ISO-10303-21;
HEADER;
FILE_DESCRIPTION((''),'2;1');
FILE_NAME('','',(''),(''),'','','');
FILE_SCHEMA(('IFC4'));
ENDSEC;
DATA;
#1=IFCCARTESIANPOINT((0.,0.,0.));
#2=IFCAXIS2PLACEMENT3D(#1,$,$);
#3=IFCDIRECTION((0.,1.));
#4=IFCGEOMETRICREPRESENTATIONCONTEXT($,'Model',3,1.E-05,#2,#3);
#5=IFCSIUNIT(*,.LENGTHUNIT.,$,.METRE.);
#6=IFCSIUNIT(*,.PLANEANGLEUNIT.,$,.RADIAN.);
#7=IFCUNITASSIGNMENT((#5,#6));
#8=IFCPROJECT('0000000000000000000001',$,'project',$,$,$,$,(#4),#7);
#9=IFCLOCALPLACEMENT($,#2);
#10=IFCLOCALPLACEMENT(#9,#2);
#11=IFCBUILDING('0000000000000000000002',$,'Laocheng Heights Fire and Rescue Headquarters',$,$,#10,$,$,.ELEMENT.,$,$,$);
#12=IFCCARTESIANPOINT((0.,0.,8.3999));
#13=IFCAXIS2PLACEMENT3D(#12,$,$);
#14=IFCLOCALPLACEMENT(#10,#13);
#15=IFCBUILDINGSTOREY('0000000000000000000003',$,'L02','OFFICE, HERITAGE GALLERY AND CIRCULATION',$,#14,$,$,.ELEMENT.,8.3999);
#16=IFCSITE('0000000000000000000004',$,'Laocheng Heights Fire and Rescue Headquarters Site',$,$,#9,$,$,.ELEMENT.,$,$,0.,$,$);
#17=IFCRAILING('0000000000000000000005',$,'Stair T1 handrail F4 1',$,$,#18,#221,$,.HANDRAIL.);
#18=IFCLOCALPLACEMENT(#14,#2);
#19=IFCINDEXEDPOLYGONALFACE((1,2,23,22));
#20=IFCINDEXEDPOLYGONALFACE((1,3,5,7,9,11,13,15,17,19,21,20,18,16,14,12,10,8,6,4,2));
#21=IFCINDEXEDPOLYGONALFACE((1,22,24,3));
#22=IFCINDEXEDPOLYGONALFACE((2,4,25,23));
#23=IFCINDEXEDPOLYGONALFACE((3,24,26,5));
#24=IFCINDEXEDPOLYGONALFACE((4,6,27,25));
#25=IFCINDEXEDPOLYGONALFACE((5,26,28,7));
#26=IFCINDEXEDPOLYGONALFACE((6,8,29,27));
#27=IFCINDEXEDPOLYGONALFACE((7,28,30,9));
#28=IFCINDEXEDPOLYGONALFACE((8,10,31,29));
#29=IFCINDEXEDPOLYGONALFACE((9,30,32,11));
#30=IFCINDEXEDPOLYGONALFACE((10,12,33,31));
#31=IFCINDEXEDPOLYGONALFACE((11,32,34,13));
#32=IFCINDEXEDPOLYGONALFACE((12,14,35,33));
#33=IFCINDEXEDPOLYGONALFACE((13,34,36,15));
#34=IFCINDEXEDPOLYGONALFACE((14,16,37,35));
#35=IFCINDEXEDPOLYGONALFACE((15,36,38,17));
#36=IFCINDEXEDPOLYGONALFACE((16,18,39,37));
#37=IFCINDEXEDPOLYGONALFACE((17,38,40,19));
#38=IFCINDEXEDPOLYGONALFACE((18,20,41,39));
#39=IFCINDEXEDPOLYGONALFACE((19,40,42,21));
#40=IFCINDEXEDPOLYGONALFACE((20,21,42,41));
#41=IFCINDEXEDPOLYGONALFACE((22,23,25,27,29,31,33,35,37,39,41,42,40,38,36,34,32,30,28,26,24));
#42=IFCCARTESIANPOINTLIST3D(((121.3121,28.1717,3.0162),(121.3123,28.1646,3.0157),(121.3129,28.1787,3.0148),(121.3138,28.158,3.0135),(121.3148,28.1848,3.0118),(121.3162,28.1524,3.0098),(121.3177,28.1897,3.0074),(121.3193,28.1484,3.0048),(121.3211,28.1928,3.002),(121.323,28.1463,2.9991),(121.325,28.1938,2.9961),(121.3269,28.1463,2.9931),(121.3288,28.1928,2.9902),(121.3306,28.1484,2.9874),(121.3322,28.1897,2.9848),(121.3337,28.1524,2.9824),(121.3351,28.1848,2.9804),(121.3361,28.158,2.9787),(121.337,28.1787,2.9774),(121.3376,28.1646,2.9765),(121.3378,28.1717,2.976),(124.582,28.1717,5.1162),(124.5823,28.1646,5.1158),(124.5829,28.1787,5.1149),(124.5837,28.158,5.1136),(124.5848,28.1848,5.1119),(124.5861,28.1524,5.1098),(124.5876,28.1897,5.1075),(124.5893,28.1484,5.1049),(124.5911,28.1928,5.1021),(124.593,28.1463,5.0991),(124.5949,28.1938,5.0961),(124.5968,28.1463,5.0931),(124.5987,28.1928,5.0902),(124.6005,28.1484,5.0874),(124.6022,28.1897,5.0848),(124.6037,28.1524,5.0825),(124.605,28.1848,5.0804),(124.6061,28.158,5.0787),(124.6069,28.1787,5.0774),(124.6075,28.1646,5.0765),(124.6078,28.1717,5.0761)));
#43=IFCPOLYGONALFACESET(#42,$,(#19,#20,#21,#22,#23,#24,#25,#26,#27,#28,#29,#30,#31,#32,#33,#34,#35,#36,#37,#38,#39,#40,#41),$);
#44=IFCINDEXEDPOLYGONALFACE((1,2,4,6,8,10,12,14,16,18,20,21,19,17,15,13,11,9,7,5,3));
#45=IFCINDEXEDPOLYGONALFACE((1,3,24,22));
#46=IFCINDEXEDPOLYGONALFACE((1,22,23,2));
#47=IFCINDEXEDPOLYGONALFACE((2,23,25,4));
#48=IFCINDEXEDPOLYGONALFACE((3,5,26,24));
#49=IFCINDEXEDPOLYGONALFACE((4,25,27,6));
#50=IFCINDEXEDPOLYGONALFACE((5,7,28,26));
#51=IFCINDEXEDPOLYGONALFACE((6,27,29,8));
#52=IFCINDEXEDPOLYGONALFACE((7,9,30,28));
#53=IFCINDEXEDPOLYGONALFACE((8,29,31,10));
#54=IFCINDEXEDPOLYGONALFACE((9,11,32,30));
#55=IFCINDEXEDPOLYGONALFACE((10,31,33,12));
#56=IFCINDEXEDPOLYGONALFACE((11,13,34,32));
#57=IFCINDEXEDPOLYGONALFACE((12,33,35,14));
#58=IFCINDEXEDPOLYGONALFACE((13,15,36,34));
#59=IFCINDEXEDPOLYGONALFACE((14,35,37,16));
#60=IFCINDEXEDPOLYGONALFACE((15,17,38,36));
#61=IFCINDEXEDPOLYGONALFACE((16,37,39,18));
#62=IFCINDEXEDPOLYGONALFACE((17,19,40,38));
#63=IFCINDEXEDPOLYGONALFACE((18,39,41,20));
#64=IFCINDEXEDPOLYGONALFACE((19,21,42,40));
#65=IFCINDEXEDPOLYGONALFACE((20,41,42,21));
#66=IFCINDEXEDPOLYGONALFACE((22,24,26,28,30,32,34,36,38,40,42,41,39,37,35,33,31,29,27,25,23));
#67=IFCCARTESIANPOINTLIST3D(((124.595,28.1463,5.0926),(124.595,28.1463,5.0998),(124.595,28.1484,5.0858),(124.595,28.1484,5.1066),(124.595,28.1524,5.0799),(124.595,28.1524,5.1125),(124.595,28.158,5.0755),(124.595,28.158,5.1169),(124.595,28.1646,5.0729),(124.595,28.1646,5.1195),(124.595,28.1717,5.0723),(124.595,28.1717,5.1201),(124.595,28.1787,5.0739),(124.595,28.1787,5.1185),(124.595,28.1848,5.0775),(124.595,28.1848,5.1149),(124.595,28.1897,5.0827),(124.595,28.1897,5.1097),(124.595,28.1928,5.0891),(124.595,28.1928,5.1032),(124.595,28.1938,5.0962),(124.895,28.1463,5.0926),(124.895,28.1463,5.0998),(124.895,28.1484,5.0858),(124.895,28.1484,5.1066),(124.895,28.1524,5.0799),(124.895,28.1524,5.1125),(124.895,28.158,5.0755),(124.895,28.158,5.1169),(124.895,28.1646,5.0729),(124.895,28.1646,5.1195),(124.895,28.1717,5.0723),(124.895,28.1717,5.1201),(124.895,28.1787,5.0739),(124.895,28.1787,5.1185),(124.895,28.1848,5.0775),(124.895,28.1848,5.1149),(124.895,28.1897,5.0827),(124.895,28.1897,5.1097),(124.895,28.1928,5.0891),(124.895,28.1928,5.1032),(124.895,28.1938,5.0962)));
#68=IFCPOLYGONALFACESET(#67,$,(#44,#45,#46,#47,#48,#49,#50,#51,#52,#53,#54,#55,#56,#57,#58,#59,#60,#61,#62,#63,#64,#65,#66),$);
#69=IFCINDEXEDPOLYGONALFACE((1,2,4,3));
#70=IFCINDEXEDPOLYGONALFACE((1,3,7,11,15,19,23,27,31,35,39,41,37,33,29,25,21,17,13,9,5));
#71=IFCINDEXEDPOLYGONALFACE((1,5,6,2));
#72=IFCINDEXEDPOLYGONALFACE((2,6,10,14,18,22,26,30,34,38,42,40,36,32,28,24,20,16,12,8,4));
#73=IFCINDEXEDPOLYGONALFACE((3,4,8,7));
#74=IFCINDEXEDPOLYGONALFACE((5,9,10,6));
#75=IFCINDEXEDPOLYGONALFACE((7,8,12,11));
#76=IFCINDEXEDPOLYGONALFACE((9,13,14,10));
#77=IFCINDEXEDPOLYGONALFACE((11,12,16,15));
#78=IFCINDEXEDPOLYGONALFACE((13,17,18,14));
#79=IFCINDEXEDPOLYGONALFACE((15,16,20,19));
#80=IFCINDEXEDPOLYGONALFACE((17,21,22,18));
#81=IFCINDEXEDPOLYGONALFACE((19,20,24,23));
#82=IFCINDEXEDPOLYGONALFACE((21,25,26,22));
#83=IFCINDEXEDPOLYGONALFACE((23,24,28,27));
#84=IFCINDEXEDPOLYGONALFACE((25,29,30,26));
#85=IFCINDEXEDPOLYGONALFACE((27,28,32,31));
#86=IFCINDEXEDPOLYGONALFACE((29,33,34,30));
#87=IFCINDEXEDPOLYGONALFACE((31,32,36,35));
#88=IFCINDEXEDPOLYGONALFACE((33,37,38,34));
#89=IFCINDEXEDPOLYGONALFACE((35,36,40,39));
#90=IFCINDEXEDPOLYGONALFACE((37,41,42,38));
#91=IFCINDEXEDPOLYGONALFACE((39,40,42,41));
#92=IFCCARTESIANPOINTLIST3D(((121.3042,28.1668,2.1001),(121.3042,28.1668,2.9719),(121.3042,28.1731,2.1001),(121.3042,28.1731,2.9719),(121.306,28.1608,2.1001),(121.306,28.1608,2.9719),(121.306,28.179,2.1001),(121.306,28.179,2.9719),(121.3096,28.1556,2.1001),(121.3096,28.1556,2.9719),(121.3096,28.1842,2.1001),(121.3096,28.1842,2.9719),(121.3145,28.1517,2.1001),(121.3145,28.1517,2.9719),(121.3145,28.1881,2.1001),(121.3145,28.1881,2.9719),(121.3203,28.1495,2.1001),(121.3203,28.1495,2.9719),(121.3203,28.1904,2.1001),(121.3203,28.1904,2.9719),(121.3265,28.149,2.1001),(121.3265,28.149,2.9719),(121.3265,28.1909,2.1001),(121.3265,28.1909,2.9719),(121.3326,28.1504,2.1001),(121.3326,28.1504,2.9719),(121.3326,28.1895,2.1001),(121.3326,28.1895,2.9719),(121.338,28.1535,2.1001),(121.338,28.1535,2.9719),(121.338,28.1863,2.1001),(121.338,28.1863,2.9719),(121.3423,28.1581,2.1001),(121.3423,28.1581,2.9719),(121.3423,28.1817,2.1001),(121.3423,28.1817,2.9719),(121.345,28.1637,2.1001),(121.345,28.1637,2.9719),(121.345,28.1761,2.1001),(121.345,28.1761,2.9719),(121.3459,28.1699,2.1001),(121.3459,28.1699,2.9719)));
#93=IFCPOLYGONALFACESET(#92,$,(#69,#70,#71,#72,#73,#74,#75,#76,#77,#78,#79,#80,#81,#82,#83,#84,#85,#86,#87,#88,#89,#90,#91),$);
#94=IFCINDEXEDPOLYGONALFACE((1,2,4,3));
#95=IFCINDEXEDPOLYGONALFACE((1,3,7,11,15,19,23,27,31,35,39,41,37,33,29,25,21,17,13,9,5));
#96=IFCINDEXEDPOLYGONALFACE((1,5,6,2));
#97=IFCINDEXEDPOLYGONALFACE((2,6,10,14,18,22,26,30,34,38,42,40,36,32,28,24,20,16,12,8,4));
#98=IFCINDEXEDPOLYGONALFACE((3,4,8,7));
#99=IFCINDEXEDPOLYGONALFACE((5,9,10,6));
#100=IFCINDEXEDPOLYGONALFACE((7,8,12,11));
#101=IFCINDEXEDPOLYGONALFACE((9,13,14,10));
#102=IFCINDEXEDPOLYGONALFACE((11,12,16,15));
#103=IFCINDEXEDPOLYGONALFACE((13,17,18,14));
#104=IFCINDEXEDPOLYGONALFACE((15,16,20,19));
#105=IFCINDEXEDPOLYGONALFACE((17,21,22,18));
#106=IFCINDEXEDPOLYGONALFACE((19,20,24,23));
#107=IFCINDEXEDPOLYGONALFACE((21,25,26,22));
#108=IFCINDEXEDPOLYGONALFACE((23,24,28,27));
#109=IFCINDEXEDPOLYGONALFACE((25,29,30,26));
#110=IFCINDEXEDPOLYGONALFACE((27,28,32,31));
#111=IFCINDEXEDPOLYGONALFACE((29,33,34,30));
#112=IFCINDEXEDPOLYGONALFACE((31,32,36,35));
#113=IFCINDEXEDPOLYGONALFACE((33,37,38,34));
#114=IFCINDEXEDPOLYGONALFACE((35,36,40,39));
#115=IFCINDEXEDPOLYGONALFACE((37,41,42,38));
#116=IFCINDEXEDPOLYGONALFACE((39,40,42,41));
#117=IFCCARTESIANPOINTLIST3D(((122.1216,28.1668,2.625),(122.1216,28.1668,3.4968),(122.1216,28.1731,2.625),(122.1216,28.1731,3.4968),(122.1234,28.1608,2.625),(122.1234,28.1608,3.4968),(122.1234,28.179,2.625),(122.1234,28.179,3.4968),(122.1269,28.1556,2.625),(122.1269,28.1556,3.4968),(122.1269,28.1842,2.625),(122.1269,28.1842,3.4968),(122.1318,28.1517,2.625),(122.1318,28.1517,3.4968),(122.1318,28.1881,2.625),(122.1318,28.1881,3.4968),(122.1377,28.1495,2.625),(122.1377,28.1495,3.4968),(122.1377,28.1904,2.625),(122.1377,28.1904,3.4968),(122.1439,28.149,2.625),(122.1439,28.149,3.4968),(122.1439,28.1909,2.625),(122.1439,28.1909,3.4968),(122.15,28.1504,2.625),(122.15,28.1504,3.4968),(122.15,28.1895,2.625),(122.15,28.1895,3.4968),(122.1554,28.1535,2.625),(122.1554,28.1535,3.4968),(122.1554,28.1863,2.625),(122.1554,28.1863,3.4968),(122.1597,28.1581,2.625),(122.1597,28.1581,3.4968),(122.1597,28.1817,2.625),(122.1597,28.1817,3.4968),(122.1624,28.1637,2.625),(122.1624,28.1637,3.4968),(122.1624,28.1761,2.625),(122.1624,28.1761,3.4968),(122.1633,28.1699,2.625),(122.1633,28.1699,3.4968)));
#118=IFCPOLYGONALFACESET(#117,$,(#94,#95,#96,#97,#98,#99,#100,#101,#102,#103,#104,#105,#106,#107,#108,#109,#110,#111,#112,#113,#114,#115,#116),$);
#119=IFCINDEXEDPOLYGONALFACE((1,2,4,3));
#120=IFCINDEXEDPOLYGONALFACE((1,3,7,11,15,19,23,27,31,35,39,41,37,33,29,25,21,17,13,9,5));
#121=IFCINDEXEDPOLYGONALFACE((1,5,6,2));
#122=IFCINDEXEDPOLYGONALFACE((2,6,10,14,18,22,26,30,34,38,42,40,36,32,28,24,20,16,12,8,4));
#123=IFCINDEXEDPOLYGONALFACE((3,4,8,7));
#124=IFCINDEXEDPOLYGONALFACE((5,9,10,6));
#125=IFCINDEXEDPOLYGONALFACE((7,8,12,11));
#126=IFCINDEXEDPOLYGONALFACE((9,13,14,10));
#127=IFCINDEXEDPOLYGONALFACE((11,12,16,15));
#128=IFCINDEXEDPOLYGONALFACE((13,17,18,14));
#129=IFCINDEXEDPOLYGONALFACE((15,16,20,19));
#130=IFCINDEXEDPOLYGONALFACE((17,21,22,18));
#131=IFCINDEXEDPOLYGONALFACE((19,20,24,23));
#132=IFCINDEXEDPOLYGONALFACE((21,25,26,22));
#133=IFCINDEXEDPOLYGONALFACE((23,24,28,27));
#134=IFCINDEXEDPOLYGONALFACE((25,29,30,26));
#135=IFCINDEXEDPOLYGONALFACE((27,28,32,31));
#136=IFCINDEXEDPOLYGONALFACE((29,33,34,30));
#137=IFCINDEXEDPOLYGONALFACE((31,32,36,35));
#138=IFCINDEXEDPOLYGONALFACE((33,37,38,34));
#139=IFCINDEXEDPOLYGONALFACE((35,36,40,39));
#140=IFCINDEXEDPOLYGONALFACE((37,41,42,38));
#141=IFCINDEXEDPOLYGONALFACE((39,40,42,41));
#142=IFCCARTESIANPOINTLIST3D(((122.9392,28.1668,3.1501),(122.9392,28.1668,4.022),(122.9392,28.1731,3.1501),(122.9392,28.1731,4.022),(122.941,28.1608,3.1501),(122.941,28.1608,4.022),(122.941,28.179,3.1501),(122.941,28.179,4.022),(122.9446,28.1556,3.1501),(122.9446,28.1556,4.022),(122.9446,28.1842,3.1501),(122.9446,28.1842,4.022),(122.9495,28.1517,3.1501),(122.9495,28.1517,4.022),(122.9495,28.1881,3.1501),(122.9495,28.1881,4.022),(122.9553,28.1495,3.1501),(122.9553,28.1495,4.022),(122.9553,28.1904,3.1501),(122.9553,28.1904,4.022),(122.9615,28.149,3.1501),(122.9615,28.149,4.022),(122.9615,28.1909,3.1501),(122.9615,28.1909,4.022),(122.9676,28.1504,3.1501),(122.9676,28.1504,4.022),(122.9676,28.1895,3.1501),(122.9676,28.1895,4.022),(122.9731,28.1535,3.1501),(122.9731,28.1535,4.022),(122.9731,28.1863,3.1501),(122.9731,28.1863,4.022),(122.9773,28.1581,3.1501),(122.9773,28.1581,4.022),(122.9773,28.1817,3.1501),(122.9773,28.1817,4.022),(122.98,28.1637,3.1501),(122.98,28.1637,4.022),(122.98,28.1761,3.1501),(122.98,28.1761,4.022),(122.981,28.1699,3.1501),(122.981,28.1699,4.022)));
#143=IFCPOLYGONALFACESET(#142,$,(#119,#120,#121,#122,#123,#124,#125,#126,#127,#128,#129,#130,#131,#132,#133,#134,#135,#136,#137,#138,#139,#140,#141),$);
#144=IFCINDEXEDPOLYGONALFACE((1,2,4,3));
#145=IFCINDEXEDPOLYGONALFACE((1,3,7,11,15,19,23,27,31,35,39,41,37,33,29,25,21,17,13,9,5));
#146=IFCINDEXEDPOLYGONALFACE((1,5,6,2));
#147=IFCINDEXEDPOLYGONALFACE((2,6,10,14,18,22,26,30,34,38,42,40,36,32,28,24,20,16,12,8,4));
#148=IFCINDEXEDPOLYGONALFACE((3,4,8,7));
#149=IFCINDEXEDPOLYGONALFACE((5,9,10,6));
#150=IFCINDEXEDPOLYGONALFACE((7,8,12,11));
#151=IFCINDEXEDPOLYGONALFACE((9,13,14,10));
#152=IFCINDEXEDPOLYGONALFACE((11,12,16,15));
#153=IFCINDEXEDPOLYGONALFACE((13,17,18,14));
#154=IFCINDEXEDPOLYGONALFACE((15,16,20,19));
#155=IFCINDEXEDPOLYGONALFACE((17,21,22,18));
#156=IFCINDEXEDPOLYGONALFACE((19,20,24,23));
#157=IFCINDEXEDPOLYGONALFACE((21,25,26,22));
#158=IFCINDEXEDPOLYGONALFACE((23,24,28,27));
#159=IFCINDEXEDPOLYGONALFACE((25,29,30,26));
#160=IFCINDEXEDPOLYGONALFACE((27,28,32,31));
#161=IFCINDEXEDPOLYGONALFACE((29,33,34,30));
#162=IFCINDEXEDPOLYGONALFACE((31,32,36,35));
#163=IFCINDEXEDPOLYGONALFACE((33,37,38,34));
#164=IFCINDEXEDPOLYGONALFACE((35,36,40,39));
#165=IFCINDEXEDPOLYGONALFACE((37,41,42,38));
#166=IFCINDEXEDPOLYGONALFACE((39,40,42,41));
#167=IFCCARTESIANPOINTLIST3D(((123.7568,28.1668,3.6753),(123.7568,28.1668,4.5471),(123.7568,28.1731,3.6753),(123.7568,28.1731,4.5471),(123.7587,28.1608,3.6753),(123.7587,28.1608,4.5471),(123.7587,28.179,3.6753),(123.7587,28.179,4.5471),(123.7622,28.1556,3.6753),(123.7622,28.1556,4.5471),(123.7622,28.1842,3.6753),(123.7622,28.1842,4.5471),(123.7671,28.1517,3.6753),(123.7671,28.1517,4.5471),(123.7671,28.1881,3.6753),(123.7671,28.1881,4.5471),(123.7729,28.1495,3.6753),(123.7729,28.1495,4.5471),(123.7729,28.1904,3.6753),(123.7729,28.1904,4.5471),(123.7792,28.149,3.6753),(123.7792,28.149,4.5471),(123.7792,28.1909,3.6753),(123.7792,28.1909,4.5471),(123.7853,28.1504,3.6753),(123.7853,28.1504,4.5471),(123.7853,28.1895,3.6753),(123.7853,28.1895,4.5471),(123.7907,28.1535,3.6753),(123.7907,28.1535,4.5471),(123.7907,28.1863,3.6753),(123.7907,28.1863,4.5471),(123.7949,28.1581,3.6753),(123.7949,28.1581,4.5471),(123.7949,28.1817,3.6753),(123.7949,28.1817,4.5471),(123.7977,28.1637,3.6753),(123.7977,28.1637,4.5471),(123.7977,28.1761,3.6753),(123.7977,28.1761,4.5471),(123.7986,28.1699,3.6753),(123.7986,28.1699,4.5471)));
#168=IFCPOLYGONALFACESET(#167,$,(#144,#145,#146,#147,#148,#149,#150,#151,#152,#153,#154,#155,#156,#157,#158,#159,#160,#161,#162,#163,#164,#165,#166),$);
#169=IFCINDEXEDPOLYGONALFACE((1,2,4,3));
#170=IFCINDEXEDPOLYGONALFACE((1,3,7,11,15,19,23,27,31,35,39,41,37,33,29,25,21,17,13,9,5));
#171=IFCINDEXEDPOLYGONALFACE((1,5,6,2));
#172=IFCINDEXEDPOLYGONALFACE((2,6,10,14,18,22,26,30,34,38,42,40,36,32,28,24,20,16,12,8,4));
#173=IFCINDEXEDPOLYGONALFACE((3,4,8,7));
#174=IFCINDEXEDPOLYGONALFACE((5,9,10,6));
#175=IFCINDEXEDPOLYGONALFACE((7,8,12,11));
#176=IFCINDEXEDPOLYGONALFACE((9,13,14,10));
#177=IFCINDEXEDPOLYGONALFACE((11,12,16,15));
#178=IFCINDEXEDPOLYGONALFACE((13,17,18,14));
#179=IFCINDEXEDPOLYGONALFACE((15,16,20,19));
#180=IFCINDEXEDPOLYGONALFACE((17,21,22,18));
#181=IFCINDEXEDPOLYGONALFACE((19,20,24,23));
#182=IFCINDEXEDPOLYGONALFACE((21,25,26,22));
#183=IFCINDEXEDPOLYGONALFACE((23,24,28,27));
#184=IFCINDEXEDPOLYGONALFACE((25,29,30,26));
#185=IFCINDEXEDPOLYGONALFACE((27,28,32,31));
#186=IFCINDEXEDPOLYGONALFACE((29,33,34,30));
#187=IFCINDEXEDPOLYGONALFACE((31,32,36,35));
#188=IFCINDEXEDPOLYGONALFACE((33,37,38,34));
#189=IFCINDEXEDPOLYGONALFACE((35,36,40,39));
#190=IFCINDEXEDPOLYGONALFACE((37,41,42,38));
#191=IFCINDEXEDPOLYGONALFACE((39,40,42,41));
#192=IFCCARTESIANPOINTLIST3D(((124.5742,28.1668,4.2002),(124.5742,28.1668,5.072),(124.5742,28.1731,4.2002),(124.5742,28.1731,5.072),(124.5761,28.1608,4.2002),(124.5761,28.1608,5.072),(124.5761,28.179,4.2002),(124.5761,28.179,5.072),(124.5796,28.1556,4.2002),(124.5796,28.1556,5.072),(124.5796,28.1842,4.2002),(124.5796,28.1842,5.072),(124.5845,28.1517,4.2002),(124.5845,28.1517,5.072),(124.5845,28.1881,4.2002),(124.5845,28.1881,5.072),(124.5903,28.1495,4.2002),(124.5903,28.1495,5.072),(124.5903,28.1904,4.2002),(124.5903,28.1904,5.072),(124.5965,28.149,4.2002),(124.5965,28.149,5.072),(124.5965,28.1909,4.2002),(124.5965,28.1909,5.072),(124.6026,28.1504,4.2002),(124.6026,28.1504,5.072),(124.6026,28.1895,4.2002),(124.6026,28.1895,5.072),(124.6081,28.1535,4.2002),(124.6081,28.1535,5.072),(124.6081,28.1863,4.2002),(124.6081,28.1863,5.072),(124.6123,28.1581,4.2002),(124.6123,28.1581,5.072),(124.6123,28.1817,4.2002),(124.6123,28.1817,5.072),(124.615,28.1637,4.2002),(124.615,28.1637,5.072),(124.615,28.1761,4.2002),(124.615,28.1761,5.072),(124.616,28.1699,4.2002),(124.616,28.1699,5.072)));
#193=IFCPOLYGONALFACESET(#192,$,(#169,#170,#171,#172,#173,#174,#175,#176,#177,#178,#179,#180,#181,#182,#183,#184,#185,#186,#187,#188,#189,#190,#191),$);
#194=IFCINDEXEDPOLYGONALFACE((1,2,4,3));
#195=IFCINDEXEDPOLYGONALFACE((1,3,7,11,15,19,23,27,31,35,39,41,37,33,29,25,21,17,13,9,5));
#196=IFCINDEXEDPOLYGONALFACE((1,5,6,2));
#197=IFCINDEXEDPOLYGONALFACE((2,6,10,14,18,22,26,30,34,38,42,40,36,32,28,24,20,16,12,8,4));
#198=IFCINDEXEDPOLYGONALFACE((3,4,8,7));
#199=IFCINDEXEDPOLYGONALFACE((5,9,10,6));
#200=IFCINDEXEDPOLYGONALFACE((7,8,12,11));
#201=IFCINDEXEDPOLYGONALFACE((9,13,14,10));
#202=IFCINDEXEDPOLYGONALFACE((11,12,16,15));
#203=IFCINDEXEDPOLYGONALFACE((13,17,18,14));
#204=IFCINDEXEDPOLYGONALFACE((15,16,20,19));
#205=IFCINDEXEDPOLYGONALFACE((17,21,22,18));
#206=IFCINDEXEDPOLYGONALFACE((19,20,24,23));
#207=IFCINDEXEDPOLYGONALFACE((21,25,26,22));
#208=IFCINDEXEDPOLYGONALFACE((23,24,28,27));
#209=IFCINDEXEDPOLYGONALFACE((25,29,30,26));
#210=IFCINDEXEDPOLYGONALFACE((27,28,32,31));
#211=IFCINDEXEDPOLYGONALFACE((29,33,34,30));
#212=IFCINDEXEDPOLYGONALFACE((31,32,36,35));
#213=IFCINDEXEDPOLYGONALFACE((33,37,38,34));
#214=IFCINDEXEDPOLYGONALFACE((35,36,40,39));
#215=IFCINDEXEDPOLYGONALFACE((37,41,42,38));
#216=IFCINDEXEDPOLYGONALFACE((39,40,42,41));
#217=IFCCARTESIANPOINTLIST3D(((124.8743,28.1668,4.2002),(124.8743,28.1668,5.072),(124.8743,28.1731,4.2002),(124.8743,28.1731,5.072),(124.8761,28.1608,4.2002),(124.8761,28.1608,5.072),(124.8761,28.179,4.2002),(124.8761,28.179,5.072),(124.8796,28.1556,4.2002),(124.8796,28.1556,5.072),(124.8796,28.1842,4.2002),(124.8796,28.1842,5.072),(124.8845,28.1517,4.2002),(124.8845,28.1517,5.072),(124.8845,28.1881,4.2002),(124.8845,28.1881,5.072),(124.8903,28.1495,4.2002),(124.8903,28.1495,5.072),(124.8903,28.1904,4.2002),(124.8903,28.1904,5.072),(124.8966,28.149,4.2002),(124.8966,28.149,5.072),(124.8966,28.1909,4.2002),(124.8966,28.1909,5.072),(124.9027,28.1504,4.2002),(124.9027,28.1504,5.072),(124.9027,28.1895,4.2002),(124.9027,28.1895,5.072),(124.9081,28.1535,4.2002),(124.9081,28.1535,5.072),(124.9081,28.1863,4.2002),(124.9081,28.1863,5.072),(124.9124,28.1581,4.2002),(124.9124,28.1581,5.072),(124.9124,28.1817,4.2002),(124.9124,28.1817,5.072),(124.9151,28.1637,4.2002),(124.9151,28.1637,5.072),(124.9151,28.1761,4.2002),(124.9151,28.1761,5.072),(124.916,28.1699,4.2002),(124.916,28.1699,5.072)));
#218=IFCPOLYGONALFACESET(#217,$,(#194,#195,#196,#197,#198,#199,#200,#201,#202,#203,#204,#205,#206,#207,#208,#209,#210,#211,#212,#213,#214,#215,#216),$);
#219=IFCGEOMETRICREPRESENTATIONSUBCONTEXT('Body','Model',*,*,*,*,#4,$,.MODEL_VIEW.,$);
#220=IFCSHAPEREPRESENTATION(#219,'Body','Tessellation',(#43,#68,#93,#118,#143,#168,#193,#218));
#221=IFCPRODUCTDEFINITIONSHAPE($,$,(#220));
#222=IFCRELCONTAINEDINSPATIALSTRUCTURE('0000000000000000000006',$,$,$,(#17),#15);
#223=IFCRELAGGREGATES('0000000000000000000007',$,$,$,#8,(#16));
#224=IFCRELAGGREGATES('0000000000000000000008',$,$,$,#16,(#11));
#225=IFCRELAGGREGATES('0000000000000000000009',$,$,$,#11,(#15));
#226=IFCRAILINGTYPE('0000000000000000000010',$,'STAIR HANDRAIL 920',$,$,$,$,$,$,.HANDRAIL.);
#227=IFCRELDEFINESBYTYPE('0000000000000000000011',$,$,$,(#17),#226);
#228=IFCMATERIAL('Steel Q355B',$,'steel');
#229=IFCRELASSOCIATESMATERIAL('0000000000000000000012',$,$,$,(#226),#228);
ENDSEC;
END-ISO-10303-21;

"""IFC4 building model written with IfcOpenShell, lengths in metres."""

from ifc_helpers import new_model, si_unit, direction, frame, origin, origin_2d, place, context, subcontext, project, spatial, circle, extrude, material, type_object, element, save


model = new_model("IFC4")

# Units and contexts
model_context = context("Model", 3, precision=1e-05, world=origin(), true_north=direction((0.0, 1.0)))
body_context = subcontext(model_context, "Body", "Model", "MODEL_VIEW")
ifc_project = project(units=[si_unit("LENGTHUNIT", "METRE"), si_unit("PLANEANGLEUNIT", "RADIAN")], contexts=[model_context])

# Site, building, storey
site_placement = place(None, origin())
site = spatial("IfcSite", under=ifc_project, at=site_placement, Name="Laocheng Heights Fire and Rescue Headquarters Site", CompositionType="ELEMENT", RefElevation=0.0)
building_placement = place(site_placement, origin())
building = spatial("IfcBuilding", under=site, at=building_placement, Name="Laocheng Heights Fire and Rescue Headquarters", CompositionType="ELEMENT")
storey_placement = place(building_placement, frame((0.0, 0.0, 8.3999)))
storey = spatial("IfcBuildingStorey", under=building, at=storey_placement, Name="L02", Description="OFFICE, HERITAGE GALLERY AND CIRCULATION", CompositionType="ELEMENT", Elevation=8.3999)

# Railing
ifc_material_1 = material(Name="Steel Q355B", Category="steel")
railing_type = type_object("IfcRailingType", Name="STAIR HANDRAIL 920", PredefinedType="HANDRAIL", material=ifc_material_1)
railing_placement = place(storey_placement, frame((121.325, 28.1699, 2.1001)))
element("IfcRailing", 1, at=railing_placement, inside=storey, type_object=railing_type, Name="Stair T1 handrail F4 1", PredefinedType="HANDRAIL", context=body_context, shape_type="SweptSolid", body=[
    extrude(circle(Radius=0.0239, at=origin_2d()), frame((0.0, 0.0, 0.896), z_axis=(0.841419, 0.0, 0.540383), x_axis=(0.0, 1.0, 0.0)), (0.0, 0.0, 1.0), 3.8862),
    extrude(circle(Radius=0.0239, at=origin_2d()), frame((3.27, 0.0, 2.9961), z_axis=(1.0, 0.0, 0.0), x_axis=(0.0, 1.0, 0.0)), (0.0, 0.0, 1.0), 0.3),
    extrude(circle(Radius=0.021, at=origin_2d()), origin(), (0.0, 0.0, 1.0), 0.8718),
    extrude(circle(Radius=0.021, at=origin_2d()), frame((0.8174, 0.0, 0.5249)), (0.0, 0.0, 1.0), 0.8718),
    extrude(circle(Radius=0.021, at=origin_2d()), frame((1.635, 0.0, 1.05)), (0.0, 0.0, 1.0), 0.8718),
    extrude(circle(Radius=0.021, at=origin_2d()), frame((2.4526, 0.0, 1.5752)), (0.0, 0.0, 1.0), 0.8718),
    extrude(circle(Radius=0.021, at=origin_2d()), frame((3.27, 0.0, 2.1001)), (0.0, 0.0, 1.0), 0.8718),
    extrude(circle(Radius=0.021, at=origin_2d()), frame((3.5701, 0.0, 2.1001)), (0.0, 0.0, 1.0), 0.8718),
])

save(model, "model.ifc")
